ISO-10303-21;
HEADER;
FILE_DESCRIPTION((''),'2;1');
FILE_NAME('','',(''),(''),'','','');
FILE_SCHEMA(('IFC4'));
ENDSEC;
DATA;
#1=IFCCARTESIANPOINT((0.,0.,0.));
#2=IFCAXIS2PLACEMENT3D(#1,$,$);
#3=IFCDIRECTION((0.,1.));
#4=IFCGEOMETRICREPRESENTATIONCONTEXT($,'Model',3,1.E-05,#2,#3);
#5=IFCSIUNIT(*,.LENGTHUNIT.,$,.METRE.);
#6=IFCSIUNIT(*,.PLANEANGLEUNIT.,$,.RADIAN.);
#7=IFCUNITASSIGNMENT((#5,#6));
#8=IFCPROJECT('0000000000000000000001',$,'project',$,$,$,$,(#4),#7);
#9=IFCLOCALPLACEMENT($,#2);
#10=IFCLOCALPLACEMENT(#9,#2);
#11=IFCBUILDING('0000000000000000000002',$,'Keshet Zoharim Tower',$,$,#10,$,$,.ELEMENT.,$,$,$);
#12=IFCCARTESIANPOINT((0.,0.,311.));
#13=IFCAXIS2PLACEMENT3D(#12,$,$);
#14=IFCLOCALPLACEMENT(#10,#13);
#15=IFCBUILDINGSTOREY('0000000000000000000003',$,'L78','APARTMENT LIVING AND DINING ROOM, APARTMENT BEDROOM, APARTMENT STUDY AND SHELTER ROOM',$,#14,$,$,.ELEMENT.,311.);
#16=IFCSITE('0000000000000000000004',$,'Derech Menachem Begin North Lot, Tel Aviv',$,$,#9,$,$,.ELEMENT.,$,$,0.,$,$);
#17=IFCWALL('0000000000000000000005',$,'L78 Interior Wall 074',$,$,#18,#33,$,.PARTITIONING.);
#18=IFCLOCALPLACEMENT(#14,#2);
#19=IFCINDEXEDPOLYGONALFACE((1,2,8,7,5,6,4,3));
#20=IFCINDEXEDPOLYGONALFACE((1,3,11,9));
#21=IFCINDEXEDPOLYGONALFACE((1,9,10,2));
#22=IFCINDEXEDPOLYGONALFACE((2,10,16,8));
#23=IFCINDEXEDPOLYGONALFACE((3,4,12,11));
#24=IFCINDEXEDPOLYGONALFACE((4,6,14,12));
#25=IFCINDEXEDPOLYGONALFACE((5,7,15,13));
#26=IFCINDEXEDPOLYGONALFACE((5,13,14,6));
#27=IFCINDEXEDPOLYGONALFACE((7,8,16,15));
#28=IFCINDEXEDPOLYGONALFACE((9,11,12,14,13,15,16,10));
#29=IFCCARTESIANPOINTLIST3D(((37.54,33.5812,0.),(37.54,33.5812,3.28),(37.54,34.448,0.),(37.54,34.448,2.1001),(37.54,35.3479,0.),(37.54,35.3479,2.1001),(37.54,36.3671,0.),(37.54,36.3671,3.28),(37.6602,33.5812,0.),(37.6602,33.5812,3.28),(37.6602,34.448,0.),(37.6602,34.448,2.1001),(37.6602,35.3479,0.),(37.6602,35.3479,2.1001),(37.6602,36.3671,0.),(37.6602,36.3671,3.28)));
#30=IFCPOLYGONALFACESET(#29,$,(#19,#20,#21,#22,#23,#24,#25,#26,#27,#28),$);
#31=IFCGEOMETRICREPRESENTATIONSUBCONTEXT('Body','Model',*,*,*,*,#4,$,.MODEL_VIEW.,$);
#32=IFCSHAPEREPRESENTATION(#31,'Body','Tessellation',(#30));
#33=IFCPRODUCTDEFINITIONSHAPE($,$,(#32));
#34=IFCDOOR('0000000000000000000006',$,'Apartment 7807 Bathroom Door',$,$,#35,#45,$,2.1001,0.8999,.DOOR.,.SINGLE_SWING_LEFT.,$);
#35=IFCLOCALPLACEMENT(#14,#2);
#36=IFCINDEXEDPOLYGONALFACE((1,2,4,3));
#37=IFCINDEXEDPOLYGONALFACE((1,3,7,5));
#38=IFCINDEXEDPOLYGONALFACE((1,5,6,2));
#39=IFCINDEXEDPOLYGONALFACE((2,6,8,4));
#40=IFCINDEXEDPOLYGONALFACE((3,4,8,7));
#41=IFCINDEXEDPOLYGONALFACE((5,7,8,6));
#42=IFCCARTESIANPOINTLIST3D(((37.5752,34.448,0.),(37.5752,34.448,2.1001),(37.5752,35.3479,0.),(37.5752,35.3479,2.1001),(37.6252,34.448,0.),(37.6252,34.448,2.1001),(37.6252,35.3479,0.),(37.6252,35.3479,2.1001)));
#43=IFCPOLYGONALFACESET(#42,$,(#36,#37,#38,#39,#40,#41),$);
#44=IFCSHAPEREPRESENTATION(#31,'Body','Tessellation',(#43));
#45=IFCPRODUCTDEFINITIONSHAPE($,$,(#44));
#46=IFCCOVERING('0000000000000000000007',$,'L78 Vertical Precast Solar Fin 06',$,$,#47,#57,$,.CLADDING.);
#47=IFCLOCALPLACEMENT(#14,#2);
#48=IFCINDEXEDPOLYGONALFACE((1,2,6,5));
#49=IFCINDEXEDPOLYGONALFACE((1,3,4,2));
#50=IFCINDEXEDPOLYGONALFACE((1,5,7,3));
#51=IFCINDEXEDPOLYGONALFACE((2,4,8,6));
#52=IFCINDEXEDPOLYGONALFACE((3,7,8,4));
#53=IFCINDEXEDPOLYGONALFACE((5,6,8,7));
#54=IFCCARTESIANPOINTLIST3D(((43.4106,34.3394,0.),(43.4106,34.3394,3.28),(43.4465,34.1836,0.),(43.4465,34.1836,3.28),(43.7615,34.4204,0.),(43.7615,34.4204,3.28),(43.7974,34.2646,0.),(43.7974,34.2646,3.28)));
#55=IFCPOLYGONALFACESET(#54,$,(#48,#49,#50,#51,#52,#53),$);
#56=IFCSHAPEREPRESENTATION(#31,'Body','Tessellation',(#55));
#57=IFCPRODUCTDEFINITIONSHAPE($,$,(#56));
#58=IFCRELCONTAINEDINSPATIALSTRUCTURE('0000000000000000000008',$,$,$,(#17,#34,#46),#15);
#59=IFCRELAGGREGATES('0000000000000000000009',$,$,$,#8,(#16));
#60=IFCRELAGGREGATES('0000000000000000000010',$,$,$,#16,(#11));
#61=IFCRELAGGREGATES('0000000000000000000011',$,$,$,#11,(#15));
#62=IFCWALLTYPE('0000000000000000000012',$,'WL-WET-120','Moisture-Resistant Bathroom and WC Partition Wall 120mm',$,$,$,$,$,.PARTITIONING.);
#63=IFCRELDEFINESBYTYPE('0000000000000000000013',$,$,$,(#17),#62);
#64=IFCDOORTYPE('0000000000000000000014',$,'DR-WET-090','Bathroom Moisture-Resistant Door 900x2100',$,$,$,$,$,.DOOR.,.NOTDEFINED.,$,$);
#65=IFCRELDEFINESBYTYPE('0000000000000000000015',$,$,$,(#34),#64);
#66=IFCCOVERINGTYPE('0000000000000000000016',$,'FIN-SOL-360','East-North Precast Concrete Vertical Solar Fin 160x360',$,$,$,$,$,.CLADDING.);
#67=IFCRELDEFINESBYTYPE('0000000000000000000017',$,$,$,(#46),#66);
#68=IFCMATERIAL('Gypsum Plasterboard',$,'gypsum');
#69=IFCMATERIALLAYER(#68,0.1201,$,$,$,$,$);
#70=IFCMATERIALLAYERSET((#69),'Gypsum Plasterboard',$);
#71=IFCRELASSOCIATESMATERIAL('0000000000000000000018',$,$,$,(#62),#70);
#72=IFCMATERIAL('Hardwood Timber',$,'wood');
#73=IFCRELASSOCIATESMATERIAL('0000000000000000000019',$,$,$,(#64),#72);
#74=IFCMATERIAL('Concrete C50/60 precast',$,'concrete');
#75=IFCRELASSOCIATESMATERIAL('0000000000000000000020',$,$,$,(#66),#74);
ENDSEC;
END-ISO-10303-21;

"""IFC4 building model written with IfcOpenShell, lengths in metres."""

from ifc_helpers import new_model, si_unit, direction, frame, frame_2d, origin, origin_2d, place, context, subcontext, project, spatial, rectangle, extrude, material, layer, layer_set, type_object, element, fill, save


model = new_model("IFC4")

# Units and contexts
model_context = context("Model", 3, precision=1e-05, world=origin(), true_north=direction((0.0, 1.0)))
body_context = subcontext(model_context, "Body", "Model", "MODEL_VIEW")
ifc_project = project(units=[si_unit("LENGTHUNIT", "METRE"), si_unit("PLANEANGLEUNIT", "RADIAN")], contexts=[model_context])

# Site, building, storey
site_placement = place(None, origin())
site = spatial("IfcSite", under=ifc_project, at=site_placement, Name="Derech Menachem Begin North Lot, Tel Aviv", CompositionType="ELEMENT", RefElevation=0.0)
building_placement = place(site_placement, origin())
building = spatial("IfcBuilding", under=site, at=building_placement, Name="Keshet Zoharim Tower", CompositionType="ELEMENT")
storey_placement = place(building_placement, frame((0.0, 0.0, 311.0)))
storey = spatial("IfcBuildingStorey", under=building, at=storey_placement, Name="L78", Description="APARTMENT LIVING AND DINING ROOM, APARTMENT BEDROOM, APARTMENT STUDY AND SHELTER ROOM", CompositionType="ELEMENT", Elevation=311.0)

# Shared definitions
ifc_material_1 = material(Name="Hardwood Timber", Category="wood")
ifc_material_2 = material(Name="Gypsum Plasterboard", Category="gypsum")

# Wall, opening, door
ifc_layer_1 = layer(ifc_material_2, 0.1201)
ifc_layer_set_1 = layer_set([ifc_layer_1], Name="Gypsum Plasterboard")
wall_type_1 = type_object("IfcWallType", Name="WL-WET-120", Description="Moisture-Resistant Bathroom and WC Partition Wall 120mm", PredefinedType="PARTITIONING", material=ifc_layer_set_1)
wall_1_placement = place(storey_placement, frame((37.6001, 33.5811, 0.0), z_axis=(0.0, 0.0, 1.0), x_axis=(0.0, 1.0, 0.0)))
wall_1 = element("IfcWall", 1, at=wall_1_placement, inside=storey, type_object=wall_type_1, Name="L78 Interior Wall 074", PredefinedType="PARTITIONING", context=body_context, shape_type="SweptSolid", body=[
    extrude(rectangle(XDim=2.7859, YDim=0.1201, at=frame_2d((1.3931, 0.0))), origin(), (0.0, 0.0, 1.0), 3.28),
])
opening_1_placement = place(wall_1_placement, frame((0.8669, 0.0, 0.0)))
opening_1 = element("IfcOpeningElement", 2, at=opening_1_placement, cuts=wall_1, PredefinedType="OPENING", context=body_context, shape_type="SweptSolid", body=[
    extrude(rectangle(XDim=0.8999, YDim=2.1001, at=frame_2d((0.45, 1.05))), frame((0.0, 0.0701, 0.0), z_axis=(0.0, -1.0, 0.0), x_axis=(1.0, 0.0, 0.0)), (0.0, 0.0, 1.0), 0.1401),
])
door_type_1 = type_object("IfcDoorType", Name="DR-WET-090", Description="Bathroom Moisture-Resistant Door 900x2100", OperationType="NOTDEFINED", PredefinedType="DOOR", material=ifc_material_1)
door_1_placement = place(opening_1_placement, origin())
door_1 = element("IfcDoor", 3, at=door_1_placement, inside=storey, type_object=door_type_1, Name="Apartment 7807 Bathroom Door", OperationType="SINGLE_SWING_LEFT", OverallHeight=2.1001, OverallWidth=0.8999, PredefinedType="DOOR", context=body_context, shape_type="SweptSolid", body=[
    extrude(rectangle(XDim=0.8999, YDim=2.1001, at=frame_2d((0.45, 1.05))), frame((0.0, 0.0249, 0.0), z_axis=(0.0, -1.0, 0.0), x_axis=(1.0, 0.0, 0.0)), (0.0, 0.0, 1.0), 0.05),
])
fill(opening_1, door_1)

# Covering
ifc_material_3 = material(Name="Concrete C50/60 precast", Category="concrete")
covering_type = type_object("IfcCoveringType", Name="FIN-SOL-360", Description="East-North Precast Concrete Vertical Solar Fin 160x360", PredefinedType="CLADDING", material=ifc_material_3)
covering_placement = place(storey_placement, frame((43.604, 34.302, 0.0), z_axis=(0.0, 0.0, 1.0), x_axis=(0.22483, -0.974398, 0.0)))
element("IfcCovering", 4, at=covering_placement, inside=storey, type_object=covering_type, Name="L78 Vertical Precast Solar Fin 06", PredefinedType="CLADDING", context=body_context, shape_type="SweptSolid", body=[
    extrude(rectangle(XDim=0.1599, YDim=0.3601, at=origin_2d()), origin(), (0.0, 0.0, 1.0), 3.28),
])

save(model, "model.ifc")
